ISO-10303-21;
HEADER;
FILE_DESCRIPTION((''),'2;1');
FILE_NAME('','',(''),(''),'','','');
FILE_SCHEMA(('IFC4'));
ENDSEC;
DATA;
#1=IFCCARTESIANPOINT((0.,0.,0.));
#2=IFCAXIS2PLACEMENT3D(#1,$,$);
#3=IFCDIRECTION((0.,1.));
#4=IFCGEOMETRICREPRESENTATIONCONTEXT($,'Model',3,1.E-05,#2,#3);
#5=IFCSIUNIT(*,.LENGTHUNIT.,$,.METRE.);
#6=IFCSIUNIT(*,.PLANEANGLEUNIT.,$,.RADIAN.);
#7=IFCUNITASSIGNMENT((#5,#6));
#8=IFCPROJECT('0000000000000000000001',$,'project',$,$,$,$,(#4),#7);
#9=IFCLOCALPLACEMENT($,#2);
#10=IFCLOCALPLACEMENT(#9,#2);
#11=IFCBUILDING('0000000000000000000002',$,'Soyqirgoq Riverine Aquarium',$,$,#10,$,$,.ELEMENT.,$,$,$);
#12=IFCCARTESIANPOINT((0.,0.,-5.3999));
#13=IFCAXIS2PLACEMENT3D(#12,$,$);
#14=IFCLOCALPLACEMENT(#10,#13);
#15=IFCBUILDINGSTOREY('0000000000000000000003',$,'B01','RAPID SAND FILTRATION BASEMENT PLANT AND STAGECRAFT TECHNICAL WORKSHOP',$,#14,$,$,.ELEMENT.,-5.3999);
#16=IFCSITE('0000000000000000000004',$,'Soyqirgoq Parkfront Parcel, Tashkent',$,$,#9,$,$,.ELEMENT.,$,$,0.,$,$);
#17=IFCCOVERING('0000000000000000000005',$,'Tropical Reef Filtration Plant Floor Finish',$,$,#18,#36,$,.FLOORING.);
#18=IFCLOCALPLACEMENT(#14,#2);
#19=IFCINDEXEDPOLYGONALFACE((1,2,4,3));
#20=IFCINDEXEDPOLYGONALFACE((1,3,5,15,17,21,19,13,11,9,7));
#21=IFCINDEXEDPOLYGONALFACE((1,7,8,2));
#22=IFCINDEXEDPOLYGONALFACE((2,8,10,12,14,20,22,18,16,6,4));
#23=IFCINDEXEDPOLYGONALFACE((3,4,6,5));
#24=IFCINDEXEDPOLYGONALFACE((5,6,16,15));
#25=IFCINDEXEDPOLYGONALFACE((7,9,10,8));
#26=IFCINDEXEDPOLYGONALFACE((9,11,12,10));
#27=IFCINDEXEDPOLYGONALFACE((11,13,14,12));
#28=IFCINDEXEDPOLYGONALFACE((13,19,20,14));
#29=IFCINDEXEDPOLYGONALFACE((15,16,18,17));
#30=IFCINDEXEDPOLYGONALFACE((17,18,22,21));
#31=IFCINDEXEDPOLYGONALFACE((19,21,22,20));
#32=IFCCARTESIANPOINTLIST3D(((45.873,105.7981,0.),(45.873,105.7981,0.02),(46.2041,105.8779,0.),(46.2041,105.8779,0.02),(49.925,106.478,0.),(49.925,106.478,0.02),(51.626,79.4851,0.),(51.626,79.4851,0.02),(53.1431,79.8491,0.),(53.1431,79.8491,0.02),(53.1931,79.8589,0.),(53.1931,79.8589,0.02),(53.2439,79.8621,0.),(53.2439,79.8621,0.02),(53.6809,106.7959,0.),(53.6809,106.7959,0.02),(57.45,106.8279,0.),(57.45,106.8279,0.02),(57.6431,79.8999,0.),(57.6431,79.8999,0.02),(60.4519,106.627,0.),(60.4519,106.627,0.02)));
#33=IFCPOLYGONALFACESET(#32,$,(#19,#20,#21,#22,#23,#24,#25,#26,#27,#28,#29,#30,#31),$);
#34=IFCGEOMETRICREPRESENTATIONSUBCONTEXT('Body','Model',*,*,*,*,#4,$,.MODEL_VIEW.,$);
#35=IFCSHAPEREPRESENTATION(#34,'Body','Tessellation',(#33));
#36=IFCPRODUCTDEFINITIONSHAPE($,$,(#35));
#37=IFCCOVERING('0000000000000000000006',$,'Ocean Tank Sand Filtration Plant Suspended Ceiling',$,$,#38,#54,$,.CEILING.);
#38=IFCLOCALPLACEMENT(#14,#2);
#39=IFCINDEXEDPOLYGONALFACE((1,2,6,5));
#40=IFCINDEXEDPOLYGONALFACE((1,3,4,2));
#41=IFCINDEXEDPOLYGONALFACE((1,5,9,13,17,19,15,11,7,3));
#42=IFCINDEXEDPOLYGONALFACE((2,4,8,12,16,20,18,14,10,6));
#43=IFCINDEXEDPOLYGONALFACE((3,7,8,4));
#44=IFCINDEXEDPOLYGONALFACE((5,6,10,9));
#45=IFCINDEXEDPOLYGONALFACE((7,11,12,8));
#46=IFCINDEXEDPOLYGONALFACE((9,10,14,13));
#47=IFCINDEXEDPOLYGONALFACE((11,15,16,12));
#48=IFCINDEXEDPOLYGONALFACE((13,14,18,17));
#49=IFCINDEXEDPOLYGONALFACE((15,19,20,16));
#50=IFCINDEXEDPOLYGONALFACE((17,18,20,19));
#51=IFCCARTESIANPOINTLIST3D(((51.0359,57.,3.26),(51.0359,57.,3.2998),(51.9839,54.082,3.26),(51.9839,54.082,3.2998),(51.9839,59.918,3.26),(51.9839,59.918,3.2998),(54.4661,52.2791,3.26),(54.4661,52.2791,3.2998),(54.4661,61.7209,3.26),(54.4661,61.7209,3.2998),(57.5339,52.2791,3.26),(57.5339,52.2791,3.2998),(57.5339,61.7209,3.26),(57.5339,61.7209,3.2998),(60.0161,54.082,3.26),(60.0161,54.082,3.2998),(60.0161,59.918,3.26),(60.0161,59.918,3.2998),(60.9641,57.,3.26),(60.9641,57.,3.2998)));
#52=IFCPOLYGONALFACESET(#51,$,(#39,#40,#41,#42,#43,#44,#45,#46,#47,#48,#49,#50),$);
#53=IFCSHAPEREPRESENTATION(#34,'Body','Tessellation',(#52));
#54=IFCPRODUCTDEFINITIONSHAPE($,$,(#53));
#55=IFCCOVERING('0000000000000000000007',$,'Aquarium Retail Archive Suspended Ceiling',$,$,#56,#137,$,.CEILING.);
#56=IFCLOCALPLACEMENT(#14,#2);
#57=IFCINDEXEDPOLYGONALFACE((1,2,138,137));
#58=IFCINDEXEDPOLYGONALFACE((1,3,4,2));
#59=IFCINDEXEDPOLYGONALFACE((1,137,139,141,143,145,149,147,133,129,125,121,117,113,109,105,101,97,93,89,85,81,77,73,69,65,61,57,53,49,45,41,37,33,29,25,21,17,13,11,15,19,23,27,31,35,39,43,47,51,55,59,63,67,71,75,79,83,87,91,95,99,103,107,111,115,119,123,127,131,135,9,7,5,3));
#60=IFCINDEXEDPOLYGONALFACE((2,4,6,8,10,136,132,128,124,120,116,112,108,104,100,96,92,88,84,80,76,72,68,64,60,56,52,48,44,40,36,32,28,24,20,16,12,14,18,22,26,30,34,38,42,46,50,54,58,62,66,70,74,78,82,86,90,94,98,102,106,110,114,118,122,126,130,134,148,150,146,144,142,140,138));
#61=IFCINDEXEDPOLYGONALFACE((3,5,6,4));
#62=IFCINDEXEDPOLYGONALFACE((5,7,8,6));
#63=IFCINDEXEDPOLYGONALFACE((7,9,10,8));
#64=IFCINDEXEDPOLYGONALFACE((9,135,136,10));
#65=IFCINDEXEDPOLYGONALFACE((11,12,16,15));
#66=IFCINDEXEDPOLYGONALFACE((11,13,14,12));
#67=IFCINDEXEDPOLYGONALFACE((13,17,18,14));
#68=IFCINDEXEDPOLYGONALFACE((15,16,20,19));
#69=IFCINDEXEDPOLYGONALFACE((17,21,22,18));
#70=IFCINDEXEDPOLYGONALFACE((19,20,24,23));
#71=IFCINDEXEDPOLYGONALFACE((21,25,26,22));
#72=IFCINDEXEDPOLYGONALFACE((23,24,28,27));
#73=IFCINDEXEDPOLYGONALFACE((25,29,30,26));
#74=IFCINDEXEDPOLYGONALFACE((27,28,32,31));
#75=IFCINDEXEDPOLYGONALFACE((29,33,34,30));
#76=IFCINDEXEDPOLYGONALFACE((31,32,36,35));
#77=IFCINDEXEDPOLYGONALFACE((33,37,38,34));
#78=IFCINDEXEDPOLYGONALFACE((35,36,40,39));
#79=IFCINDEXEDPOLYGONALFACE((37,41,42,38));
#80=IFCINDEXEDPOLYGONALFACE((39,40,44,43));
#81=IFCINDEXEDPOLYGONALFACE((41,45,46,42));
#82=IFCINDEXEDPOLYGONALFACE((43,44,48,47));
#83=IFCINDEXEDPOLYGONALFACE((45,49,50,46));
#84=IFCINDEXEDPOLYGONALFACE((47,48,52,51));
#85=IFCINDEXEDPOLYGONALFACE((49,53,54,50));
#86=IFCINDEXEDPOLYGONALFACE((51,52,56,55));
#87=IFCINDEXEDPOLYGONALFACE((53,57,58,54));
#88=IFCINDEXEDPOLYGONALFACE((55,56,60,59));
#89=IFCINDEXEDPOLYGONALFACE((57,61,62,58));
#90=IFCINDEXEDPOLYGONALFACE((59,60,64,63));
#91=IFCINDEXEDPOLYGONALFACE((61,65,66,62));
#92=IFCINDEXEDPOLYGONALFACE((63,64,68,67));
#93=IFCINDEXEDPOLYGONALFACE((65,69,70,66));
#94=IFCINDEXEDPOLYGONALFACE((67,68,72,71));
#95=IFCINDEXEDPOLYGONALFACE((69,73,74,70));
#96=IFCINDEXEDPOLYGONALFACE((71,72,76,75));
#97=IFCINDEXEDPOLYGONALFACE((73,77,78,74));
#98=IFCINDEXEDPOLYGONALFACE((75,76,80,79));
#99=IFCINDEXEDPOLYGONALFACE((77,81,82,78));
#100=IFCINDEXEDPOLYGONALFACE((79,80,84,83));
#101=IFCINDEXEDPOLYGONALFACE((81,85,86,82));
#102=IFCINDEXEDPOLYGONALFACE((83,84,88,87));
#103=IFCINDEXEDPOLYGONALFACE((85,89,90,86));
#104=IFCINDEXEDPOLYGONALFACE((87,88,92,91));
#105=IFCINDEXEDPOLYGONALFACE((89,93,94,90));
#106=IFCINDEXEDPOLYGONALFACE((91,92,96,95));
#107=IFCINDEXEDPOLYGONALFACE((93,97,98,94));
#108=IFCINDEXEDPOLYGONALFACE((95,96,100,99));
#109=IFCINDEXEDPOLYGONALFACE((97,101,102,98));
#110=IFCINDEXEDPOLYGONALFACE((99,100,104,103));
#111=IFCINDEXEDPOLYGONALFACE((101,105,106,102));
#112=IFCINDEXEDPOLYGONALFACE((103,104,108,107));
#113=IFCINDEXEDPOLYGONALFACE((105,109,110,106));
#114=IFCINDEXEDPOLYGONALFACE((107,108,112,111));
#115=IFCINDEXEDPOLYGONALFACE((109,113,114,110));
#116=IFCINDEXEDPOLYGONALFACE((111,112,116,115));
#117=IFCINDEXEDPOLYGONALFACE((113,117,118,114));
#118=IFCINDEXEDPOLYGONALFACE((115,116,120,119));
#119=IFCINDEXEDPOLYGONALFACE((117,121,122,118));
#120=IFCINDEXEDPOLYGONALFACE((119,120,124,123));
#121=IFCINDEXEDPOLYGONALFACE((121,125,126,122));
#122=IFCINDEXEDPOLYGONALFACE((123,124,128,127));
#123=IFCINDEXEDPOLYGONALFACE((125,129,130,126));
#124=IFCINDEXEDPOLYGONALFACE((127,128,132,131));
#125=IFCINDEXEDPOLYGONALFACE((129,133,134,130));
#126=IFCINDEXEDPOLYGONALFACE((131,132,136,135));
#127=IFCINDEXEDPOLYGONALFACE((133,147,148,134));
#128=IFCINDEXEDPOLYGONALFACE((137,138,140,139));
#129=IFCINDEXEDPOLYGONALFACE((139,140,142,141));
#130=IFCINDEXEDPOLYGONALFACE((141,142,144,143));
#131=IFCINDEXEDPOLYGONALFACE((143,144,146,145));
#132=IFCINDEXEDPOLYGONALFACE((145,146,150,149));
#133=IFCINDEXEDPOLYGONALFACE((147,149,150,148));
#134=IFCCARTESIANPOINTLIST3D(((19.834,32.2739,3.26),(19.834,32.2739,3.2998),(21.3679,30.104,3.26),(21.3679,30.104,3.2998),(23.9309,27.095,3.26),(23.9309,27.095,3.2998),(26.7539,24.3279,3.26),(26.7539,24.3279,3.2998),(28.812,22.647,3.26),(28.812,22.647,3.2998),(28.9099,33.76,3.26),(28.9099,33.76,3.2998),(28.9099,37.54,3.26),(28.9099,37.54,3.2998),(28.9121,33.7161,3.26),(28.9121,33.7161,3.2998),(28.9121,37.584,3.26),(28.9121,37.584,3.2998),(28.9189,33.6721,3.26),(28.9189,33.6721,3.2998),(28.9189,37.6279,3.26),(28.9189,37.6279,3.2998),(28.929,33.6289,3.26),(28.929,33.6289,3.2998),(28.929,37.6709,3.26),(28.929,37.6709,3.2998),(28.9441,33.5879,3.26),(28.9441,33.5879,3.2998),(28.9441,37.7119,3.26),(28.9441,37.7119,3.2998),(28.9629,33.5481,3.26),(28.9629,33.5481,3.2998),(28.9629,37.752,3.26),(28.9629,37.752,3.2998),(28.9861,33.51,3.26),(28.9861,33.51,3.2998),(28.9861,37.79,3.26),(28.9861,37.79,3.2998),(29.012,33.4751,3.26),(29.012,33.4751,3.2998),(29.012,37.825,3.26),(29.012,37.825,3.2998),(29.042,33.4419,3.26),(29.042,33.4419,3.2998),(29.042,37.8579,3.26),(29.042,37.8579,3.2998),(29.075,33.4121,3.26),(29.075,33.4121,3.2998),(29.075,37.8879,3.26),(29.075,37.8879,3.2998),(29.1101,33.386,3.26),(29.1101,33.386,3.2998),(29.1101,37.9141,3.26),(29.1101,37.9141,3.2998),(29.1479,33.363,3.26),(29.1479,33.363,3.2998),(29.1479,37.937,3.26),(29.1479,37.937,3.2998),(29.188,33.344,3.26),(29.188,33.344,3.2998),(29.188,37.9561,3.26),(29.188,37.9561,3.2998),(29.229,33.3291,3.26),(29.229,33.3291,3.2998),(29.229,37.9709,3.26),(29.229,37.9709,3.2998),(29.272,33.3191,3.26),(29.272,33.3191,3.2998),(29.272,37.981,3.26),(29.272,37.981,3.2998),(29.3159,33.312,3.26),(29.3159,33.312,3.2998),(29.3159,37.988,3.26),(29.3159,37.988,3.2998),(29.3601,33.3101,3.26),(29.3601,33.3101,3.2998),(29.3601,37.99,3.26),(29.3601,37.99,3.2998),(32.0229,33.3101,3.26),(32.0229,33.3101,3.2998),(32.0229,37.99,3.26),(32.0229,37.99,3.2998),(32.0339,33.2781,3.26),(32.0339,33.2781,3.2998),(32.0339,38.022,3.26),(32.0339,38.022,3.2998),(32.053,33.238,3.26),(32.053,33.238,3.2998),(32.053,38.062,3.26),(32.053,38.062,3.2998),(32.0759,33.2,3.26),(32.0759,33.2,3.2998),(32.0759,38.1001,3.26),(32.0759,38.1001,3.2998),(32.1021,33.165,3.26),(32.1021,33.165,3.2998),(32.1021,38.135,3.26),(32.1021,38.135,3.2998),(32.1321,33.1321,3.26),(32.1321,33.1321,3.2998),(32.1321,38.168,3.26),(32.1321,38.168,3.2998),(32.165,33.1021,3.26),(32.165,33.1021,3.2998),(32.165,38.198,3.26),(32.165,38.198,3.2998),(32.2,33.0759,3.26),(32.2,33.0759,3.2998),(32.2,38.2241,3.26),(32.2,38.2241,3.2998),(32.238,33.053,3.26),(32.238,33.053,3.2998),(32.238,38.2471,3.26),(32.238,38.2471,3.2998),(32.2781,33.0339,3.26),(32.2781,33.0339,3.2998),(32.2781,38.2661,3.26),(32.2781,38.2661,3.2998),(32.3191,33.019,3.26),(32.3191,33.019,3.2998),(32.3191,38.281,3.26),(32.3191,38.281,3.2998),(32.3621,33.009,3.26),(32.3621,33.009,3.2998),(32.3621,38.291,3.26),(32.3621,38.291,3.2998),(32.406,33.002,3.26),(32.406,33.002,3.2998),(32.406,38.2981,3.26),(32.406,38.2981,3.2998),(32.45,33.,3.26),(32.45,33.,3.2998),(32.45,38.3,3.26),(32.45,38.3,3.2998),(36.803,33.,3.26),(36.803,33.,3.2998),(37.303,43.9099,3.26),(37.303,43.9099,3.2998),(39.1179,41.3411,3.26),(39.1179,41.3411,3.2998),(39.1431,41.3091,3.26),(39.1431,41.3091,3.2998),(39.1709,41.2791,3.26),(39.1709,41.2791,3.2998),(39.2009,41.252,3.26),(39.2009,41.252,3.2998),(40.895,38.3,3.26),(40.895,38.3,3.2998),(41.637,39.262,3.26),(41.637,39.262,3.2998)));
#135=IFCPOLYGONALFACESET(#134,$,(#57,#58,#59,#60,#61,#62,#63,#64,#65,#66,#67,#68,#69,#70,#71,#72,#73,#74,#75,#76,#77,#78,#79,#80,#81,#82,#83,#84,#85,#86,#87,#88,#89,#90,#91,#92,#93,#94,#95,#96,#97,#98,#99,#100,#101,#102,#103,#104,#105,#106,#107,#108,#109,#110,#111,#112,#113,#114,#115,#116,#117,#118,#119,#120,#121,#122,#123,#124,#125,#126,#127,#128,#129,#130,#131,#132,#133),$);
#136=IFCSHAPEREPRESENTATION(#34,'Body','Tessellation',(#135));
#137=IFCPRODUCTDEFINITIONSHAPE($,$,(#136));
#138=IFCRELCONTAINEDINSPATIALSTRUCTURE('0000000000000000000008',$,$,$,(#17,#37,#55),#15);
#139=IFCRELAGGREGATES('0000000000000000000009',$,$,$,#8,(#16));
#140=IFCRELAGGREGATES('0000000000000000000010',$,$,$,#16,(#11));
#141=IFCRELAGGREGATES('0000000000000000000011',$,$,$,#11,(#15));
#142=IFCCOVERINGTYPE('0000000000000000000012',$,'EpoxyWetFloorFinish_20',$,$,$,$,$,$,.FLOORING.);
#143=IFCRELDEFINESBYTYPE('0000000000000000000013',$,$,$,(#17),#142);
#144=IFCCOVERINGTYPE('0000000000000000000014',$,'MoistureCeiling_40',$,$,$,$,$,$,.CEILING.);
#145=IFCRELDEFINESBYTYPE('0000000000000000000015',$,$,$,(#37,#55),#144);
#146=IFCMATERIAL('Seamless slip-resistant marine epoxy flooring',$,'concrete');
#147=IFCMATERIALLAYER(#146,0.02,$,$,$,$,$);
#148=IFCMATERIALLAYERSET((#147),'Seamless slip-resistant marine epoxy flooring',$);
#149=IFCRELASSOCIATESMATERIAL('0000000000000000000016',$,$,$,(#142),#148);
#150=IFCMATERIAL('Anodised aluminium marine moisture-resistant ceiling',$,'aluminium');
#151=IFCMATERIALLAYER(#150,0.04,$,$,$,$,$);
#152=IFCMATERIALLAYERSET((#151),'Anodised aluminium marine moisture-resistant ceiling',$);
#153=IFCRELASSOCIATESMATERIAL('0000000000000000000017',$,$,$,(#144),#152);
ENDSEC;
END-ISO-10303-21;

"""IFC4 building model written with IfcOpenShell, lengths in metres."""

from ifc_helpers import new_model, si_unit, direction, frame, origin, place, context, subcontext, project, spatial, polyline, outline, extrude, material, layer, layer_set, type_object, element, save


model = new_model("IFC4")

# Units and contexts
model_context = context("Model", 3, precision=1e-05, world=origin(), true_north=direction((0.0, 1.0)))
body_context = subcontext(model_context, "Body", "Model", "MODEL_VIEW")
ifc_project = project(units=[si_unit("LENGTHUNIT", "METRE"), si_unit("PLANEANGLEUNIT", "RADIAN")], contexts=[model_context])

# Site, building, storey
site_placement = place(None, origin())
site = spatial("IfcSite", under=ifc_project, at=site_placement, Name="Soyqirgoq Parkfront Parcel, Tashkent", CompositionType="ELEMENT", RefElevation=0.0)
building_placement = place(site_placement, origin())
building = spatial("IfcBuilding", under=site, at=building_placement, Name="Soyqirgoq Riverine Aquarium", CompositionType="ELEMENT")
storey_placement = place(building_placement, frame((0.0, 0.0, -5.3999)))
storey = spatial("IfcBuildingStorey", under=building, at=storey_placement, Name="B01", Description="RAPID SAND FILTRATION BASEMENT PLANT AND STAGECRAFT TECHNICAL WORKSHOP", CompositionType="ELEMENT", Elevation=-5.3999)

# Coverings
ifc_material_1 = material(Name="Seamless slip-resistant marine epoxy flooring", Category="concrete")
ifc_layer_1 = layer(ifc_material_1, 0.02)
ifc_layer_set_1 = layer_set([ifc_layer_1], Name="Seamless slip-resistant marine epoxy flooring")
covering_type_1 = type_object("IfcCoveringType", Name="EpoxyWetFloorFinish_20", PredefinedType="FLOORING", material=ifc_layer_set_1)
covering_1_placement = place(storey_placement, origin())
element("IfcCovering", 1, at=covering_1_placement, inside=storey, type_object=covering_type_1, Name="Tropical Reef Filtration Plant Floor Finish", PredefinedType="FLOORING", context=body_context, shape_type="SweptSolid", body=[
    extrude(outline(polyline([(46.2041, 105.8779), (49.925, 106.478), (53.6809, 106.7959), (57.45, 106.8279), (60.4519, 106.627), (57.6431, 79.8999), (53.2439, 79.8621), (53.1931, 79.8589), (53.1431, 79.8491), (51.626, 79.4851), (45.873, 105.7981), (46.2041, 105.8779)])), origin(), (0.0, 0.0, 1.0), 0.02),
])
ifc_material_2 = material(Name="Anodised aluminium marine moisture-resistant ceiling", Category="aluminium")
ifc_layer_2 = layer(ifc_material_2, 0.04)
ifc_layer_set_2 = layer_set([ifc_layer_2], Name="Anodised aluminium marine moisture-resistant ceiling")
covering_type_2 = type_object("IfcCoveringType", Name="MoistureCeiling_40", PredefinedType="CEILING", material=ifc_layer_set_2)
covering_2_placement = place(storey_placement, frame((0.0, 0.0, 3.26)))
element("IfcCovering", 2, at=covering_2_placement, inside=storey, type_object=covering_type_2, Name="Ocean Tank Sand Filtration Plant Suspended Ceiling", PredefinedType="CEILING", context=body_context, shape_type="SweptSolid", body=[
    extrude(outline(polyline([(57.5339, 52.2791), (54.4661, 52.2791), (51.9839, 54.082), (51.0359, 57.0), (51.9839, 59.918), (54.4661, 61.7209), (57.5339, 61.7209), (60.0161, 59.918), (60.9641, 57.0), (60.0161, 54.082), (57.5339, 52.2791)])), origin(), (0.0, 0.0, 1.0), 0.0398),
])
covering_3_placement = place(storey_placement, frame((0.0, 0.0, 3.26)))
element("IfcCovering", 3, at=covering_3_placement, inside=storey, type_object=covering_type_2, Name="Aquarium Retail Archive Suspended Ceiling", PredefinedType="CEILING", context=body_context, shape_type="SweptSolid", body=[
    extrude(outline(polyline([(26.7539, 24.3279), (23.9309, 27.095), (21.3679, 30.104), (19.834, 32.2739), (37.303, 43.9099), (39.1179, 41.3411), (39.1431, 41.3091), (39.1709, 41.2791), (39.2009, 41.252), (41.637, 39.262), (40.895, 38.3), (32.45, 38.3), (32.406, 38.2981), (32.3621, 38.291), (32.3191, 38.281), (32.2781, 38.2661), (32.238, 38.2471), (32.2, 38.2241), (32.165, 38.198), (32.1321, 38.168), (32.1021, 38.135), (32.0759, 38.1001), (32.053, 38.062), (32.0339, 38.022), (32.0229, 37.99), (29.3601, 37.99), (29.3159, 37.988), (29.272, 37.981), (29.229, 37.9709), (29.188, 37.9561), (29.1479, 37.937), (29.1101, 37.9141), (29.075, 37.8879), (29.042, 37.8579), (29.012, 37.825), (28.9861, 37.79), (28.9629, 37.752), (28.9441, 37.7119), (28.929, 37.6709), (28.9189, 37.6279), (28.9121, 37.584), (28.9099, 37.54), (28.9099, 33.76), (28.9121, 33.7161), (28.9189, 33.6721), (28.929, 33.6289), (28.9441, 33.5879), (28.9629, 33.5481), (28.9861, 33.51), (29.012, 33.4751), (29.042, 33.4419), (29.075, 33.4121), (29.1101, 33.386), (29.1479, 33.363), (29.188, 33.344), (29.229, 33.3291), (29.272, 33.3191), (29.3159, 33.312), (29.3601, 33.3101), (32.0229, 33.3101), (32.0339, 33.2781), (32.053, 33.238), (32.0759, 33.2), (32.1021, 33.165), (32.1321, 33.1321), (32.165, 33.1021), (32.2, 33.0759), (32.238, 33.053), (32.2781, 33.0339), (32.3191, 33.019), (32.3621, 33.009), (32.406, 33.002), (32.45, 33.0), (36.803, 33.0), (28.812, 22.647), (26.7539, 24.3279)])), origin(), (0.0, 0.0, 1.0), 0.0398),
])

save(model, "model.ifc")
